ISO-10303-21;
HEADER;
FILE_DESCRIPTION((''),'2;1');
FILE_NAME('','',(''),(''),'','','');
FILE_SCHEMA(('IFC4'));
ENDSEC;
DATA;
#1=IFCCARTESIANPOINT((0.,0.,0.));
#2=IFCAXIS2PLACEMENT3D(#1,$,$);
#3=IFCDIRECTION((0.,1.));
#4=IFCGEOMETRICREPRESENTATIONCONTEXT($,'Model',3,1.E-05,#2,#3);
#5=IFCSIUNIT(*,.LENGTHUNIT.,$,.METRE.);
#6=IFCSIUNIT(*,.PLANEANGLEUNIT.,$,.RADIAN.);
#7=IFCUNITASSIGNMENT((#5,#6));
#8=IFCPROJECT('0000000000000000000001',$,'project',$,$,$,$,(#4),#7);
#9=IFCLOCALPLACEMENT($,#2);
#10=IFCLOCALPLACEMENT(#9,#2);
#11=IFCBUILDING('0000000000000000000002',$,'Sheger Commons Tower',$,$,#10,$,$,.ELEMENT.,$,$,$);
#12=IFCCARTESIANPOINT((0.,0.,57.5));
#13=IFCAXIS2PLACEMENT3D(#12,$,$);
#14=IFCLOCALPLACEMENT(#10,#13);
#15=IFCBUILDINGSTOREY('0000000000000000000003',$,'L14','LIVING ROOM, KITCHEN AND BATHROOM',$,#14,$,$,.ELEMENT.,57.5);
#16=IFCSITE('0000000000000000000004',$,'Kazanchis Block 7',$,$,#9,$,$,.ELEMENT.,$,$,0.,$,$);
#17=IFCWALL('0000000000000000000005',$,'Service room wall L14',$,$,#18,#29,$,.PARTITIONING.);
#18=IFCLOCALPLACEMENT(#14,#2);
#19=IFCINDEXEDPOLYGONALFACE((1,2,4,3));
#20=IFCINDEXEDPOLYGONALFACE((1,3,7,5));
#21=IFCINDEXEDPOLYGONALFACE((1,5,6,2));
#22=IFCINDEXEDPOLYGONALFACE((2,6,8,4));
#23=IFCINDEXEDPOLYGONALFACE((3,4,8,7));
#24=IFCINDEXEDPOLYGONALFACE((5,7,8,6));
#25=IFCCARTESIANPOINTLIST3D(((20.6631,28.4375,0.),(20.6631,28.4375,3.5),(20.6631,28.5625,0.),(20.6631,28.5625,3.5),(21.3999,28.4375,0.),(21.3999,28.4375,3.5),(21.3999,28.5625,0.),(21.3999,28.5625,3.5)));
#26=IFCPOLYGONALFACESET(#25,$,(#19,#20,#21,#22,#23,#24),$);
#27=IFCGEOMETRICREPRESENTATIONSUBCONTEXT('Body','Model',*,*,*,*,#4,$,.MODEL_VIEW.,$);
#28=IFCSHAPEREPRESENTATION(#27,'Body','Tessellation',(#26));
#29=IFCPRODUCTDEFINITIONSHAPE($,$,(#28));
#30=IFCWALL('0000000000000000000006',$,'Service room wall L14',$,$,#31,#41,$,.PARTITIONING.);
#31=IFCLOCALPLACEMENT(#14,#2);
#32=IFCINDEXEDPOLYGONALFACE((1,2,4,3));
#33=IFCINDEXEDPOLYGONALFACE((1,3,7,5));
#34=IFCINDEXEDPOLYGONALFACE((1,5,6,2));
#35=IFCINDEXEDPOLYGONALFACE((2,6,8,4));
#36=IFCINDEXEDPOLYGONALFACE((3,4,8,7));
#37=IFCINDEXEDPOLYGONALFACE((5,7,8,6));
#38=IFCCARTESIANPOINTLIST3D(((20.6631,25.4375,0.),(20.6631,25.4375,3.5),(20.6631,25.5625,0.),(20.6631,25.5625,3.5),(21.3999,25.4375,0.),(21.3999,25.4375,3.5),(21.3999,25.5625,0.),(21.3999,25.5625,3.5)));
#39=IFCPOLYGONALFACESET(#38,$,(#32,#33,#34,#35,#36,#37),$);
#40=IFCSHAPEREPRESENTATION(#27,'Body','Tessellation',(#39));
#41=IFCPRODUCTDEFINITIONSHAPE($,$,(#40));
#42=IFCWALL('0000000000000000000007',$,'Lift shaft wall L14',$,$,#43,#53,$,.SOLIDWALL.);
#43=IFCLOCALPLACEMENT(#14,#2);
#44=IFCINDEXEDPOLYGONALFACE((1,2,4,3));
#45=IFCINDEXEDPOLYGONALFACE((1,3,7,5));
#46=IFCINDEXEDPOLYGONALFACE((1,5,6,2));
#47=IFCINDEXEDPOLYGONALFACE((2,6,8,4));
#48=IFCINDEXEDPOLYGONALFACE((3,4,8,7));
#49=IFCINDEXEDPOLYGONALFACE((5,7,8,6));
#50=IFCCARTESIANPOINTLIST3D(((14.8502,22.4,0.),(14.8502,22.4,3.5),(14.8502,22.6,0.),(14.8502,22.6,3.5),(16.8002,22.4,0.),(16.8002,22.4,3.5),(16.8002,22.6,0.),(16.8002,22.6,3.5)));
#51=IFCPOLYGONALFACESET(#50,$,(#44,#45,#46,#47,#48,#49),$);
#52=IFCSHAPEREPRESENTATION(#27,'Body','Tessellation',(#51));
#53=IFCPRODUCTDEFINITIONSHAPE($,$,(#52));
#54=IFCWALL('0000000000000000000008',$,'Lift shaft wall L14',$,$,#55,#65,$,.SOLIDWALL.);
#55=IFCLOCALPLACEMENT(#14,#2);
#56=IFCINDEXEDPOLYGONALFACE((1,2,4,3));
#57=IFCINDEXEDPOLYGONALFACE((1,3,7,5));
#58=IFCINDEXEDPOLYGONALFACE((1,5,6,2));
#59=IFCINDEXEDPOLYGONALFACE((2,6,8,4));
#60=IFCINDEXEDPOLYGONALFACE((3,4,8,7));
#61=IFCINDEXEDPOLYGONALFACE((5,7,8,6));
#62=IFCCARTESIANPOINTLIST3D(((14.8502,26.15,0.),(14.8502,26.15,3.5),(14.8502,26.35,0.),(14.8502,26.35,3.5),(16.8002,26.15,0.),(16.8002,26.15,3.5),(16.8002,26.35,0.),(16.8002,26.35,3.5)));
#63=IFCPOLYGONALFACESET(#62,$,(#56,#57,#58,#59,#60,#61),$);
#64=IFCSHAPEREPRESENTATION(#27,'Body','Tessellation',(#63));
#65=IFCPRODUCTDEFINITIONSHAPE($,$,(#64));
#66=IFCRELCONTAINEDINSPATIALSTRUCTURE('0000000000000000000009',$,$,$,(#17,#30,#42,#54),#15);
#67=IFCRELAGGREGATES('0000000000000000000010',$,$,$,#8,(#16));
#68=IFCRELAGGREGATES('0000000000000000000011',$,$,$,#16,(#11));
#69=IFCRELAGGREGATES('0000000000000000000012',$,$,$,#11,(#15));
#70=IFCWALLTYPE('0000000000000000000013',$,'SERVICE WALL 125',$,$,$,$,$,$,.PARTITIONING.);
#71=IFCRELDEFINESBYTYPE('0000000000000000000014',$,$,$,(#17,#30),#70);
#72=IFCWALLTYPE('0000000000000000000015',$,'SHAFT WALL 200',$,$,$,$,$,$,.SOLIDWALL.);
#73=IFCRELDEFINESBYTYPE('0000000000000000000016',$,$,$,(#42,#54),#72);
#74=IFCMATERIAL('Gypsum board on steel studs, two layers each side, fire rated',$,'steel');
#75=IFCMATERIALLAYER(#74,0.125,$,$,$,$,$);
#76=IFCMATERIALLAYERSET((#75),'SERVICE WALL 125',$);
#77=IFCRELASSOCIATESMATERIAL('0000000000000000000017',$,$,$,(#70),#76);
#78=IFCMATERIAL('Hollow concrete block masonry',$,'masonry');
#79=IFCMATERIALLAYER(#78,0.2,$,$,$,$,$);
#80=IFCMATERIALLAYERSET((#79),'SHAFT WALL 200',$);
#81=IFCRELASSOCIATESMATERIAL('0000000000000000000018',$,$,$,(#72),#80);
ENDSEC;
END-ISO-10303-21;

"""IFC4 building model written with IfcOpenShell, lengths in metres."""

from ifc_helpers import new_model, si_unit, direction, frame, frame_2d, origin, place, context, subcontext, project, spatial, rectangle, extrude, material, layer, layer_set, type_object, element, save


model = new_model("IFC4")

# Units and contexts
model_context = context("Model", 3, precision=1e-05, world=origin(), true_north=direction((0.0, 1.0)))
body_context = subcontext(model_context, "Body", "Model", "MODEL_VIEW")
ifc_project = project(units=[si_unit("LENGTHUNIT", "METRE"), si_unit("PLANEANGLEUNIT", "RADIAN")], contexts=[model_context])

# Site, building, storey
site_placement = place(None, origin())
site = spatial("IfcSite", under=ifc_project, at=site_placement, Name="Kazanchis Block 7", CompositionType="ELEMENT", RefElevation=0.0)
building_placement = place(site_placement, origin())
building = spatial("IfcBuilding", under=site, at=building_placement, Name="Sheger Commons Tower", CompositionType="ELEMENT")
storey_placement = place(building_placement, frame((0.0, 0.0, 57.5)))
storey = spatial("IfcBuildingStorey", under=building, at=storey_placement, Name="L14", Description="LIVING ROOM, KITCHEN AND BATHROOM", CompositionType="ELEMENT", Elevation=57.5)

# Shared definitions
ifc_material_1 = material(Name="Gypsum board on steel studs, two layers each side, fire rated", Category="steel")
ifc_layer_1 = layer(ifc_material_1, 0.125)
ifc_layer_set_1 = layer_set([ifc_layer_1], Name="SERVICE WALL 125")
wall_type_1 = type_object("IfcWallType", Name="SERVICE WALL 125", PredefinedType="PARTITIONING", material=ifc_layer_set_1)

# Walls
for number, where, z_axis, x_axis, name in (
    (1, (20.6631, 28.5, 0.0), (0.0, 0.0, 1.0), (1.0, 0.0, 0.0), "Service room wall L14"),
    (2, (20.6631, 25.5, 0.0), (0.0, 0.0, 1.0), (1.0, 0.0, 0.0), "Service room wall L14"),
):
    element("IfcWall", number, at=place(storey_placement, frame(where, z_axis=z_axis, x_axis=x_axis)), inside=storey, type_object=wall_type_1, Name=name, PredefinedType="PARTITIONING", context=body_context, shape_type="SweptSolid", body=[
        extrude(rectangle(XDim=0.7368, YDim=0.125, at=frame_2d((0.3684, 0.0))), origin(), (0.0, 0.0, 1.0), 3.5),
    ])
ifc_material_2 = material(Name="Hollow concrete block masonry", Category="masonry")
ifc_layer_2 = layer(ifc_material_2, 0.2)
ifc_layer_set_2 = layer_set([ifc_layer_2], Name="SHAFT WALL 200")
wall_type_2 = type_object("IfcWallType", Name="SHAFT WALL 200", PredefinedType="SOLIDWALL", material=ifc_layer_set_2)
for number, where, z_axis, x_axis, name in (
    (3, (14.8501, 22.5, 0.0), (0.0, 0.0, 1.0), (1.0, 0.0, 0.0), "Lift shaft wall L14"),
    (4, (14.8501, 26.25, 0.0), (0.0, 0.0, 1.0), (1.0, 0.0, 0.0), "Lift shaft wall L14"),
):
    element("IfcWall", number, at=place(storey_placement, frame(where, z_axis=z_axis, x_axis=x_axis)), inside=storey, type_object=wall_type_2, Name=name, PredefinedType="SOLIDWALL", context=body_context, shape_type="SweptSolid", body=[
        extrude(rectangle(XDim=1.95, YDim=0.2, at=frame_2d((0.9751, 0.0))), origin(), (0.0, 0.0, 1.0), 3.5),
    ])

save(model, "model.ifc")
